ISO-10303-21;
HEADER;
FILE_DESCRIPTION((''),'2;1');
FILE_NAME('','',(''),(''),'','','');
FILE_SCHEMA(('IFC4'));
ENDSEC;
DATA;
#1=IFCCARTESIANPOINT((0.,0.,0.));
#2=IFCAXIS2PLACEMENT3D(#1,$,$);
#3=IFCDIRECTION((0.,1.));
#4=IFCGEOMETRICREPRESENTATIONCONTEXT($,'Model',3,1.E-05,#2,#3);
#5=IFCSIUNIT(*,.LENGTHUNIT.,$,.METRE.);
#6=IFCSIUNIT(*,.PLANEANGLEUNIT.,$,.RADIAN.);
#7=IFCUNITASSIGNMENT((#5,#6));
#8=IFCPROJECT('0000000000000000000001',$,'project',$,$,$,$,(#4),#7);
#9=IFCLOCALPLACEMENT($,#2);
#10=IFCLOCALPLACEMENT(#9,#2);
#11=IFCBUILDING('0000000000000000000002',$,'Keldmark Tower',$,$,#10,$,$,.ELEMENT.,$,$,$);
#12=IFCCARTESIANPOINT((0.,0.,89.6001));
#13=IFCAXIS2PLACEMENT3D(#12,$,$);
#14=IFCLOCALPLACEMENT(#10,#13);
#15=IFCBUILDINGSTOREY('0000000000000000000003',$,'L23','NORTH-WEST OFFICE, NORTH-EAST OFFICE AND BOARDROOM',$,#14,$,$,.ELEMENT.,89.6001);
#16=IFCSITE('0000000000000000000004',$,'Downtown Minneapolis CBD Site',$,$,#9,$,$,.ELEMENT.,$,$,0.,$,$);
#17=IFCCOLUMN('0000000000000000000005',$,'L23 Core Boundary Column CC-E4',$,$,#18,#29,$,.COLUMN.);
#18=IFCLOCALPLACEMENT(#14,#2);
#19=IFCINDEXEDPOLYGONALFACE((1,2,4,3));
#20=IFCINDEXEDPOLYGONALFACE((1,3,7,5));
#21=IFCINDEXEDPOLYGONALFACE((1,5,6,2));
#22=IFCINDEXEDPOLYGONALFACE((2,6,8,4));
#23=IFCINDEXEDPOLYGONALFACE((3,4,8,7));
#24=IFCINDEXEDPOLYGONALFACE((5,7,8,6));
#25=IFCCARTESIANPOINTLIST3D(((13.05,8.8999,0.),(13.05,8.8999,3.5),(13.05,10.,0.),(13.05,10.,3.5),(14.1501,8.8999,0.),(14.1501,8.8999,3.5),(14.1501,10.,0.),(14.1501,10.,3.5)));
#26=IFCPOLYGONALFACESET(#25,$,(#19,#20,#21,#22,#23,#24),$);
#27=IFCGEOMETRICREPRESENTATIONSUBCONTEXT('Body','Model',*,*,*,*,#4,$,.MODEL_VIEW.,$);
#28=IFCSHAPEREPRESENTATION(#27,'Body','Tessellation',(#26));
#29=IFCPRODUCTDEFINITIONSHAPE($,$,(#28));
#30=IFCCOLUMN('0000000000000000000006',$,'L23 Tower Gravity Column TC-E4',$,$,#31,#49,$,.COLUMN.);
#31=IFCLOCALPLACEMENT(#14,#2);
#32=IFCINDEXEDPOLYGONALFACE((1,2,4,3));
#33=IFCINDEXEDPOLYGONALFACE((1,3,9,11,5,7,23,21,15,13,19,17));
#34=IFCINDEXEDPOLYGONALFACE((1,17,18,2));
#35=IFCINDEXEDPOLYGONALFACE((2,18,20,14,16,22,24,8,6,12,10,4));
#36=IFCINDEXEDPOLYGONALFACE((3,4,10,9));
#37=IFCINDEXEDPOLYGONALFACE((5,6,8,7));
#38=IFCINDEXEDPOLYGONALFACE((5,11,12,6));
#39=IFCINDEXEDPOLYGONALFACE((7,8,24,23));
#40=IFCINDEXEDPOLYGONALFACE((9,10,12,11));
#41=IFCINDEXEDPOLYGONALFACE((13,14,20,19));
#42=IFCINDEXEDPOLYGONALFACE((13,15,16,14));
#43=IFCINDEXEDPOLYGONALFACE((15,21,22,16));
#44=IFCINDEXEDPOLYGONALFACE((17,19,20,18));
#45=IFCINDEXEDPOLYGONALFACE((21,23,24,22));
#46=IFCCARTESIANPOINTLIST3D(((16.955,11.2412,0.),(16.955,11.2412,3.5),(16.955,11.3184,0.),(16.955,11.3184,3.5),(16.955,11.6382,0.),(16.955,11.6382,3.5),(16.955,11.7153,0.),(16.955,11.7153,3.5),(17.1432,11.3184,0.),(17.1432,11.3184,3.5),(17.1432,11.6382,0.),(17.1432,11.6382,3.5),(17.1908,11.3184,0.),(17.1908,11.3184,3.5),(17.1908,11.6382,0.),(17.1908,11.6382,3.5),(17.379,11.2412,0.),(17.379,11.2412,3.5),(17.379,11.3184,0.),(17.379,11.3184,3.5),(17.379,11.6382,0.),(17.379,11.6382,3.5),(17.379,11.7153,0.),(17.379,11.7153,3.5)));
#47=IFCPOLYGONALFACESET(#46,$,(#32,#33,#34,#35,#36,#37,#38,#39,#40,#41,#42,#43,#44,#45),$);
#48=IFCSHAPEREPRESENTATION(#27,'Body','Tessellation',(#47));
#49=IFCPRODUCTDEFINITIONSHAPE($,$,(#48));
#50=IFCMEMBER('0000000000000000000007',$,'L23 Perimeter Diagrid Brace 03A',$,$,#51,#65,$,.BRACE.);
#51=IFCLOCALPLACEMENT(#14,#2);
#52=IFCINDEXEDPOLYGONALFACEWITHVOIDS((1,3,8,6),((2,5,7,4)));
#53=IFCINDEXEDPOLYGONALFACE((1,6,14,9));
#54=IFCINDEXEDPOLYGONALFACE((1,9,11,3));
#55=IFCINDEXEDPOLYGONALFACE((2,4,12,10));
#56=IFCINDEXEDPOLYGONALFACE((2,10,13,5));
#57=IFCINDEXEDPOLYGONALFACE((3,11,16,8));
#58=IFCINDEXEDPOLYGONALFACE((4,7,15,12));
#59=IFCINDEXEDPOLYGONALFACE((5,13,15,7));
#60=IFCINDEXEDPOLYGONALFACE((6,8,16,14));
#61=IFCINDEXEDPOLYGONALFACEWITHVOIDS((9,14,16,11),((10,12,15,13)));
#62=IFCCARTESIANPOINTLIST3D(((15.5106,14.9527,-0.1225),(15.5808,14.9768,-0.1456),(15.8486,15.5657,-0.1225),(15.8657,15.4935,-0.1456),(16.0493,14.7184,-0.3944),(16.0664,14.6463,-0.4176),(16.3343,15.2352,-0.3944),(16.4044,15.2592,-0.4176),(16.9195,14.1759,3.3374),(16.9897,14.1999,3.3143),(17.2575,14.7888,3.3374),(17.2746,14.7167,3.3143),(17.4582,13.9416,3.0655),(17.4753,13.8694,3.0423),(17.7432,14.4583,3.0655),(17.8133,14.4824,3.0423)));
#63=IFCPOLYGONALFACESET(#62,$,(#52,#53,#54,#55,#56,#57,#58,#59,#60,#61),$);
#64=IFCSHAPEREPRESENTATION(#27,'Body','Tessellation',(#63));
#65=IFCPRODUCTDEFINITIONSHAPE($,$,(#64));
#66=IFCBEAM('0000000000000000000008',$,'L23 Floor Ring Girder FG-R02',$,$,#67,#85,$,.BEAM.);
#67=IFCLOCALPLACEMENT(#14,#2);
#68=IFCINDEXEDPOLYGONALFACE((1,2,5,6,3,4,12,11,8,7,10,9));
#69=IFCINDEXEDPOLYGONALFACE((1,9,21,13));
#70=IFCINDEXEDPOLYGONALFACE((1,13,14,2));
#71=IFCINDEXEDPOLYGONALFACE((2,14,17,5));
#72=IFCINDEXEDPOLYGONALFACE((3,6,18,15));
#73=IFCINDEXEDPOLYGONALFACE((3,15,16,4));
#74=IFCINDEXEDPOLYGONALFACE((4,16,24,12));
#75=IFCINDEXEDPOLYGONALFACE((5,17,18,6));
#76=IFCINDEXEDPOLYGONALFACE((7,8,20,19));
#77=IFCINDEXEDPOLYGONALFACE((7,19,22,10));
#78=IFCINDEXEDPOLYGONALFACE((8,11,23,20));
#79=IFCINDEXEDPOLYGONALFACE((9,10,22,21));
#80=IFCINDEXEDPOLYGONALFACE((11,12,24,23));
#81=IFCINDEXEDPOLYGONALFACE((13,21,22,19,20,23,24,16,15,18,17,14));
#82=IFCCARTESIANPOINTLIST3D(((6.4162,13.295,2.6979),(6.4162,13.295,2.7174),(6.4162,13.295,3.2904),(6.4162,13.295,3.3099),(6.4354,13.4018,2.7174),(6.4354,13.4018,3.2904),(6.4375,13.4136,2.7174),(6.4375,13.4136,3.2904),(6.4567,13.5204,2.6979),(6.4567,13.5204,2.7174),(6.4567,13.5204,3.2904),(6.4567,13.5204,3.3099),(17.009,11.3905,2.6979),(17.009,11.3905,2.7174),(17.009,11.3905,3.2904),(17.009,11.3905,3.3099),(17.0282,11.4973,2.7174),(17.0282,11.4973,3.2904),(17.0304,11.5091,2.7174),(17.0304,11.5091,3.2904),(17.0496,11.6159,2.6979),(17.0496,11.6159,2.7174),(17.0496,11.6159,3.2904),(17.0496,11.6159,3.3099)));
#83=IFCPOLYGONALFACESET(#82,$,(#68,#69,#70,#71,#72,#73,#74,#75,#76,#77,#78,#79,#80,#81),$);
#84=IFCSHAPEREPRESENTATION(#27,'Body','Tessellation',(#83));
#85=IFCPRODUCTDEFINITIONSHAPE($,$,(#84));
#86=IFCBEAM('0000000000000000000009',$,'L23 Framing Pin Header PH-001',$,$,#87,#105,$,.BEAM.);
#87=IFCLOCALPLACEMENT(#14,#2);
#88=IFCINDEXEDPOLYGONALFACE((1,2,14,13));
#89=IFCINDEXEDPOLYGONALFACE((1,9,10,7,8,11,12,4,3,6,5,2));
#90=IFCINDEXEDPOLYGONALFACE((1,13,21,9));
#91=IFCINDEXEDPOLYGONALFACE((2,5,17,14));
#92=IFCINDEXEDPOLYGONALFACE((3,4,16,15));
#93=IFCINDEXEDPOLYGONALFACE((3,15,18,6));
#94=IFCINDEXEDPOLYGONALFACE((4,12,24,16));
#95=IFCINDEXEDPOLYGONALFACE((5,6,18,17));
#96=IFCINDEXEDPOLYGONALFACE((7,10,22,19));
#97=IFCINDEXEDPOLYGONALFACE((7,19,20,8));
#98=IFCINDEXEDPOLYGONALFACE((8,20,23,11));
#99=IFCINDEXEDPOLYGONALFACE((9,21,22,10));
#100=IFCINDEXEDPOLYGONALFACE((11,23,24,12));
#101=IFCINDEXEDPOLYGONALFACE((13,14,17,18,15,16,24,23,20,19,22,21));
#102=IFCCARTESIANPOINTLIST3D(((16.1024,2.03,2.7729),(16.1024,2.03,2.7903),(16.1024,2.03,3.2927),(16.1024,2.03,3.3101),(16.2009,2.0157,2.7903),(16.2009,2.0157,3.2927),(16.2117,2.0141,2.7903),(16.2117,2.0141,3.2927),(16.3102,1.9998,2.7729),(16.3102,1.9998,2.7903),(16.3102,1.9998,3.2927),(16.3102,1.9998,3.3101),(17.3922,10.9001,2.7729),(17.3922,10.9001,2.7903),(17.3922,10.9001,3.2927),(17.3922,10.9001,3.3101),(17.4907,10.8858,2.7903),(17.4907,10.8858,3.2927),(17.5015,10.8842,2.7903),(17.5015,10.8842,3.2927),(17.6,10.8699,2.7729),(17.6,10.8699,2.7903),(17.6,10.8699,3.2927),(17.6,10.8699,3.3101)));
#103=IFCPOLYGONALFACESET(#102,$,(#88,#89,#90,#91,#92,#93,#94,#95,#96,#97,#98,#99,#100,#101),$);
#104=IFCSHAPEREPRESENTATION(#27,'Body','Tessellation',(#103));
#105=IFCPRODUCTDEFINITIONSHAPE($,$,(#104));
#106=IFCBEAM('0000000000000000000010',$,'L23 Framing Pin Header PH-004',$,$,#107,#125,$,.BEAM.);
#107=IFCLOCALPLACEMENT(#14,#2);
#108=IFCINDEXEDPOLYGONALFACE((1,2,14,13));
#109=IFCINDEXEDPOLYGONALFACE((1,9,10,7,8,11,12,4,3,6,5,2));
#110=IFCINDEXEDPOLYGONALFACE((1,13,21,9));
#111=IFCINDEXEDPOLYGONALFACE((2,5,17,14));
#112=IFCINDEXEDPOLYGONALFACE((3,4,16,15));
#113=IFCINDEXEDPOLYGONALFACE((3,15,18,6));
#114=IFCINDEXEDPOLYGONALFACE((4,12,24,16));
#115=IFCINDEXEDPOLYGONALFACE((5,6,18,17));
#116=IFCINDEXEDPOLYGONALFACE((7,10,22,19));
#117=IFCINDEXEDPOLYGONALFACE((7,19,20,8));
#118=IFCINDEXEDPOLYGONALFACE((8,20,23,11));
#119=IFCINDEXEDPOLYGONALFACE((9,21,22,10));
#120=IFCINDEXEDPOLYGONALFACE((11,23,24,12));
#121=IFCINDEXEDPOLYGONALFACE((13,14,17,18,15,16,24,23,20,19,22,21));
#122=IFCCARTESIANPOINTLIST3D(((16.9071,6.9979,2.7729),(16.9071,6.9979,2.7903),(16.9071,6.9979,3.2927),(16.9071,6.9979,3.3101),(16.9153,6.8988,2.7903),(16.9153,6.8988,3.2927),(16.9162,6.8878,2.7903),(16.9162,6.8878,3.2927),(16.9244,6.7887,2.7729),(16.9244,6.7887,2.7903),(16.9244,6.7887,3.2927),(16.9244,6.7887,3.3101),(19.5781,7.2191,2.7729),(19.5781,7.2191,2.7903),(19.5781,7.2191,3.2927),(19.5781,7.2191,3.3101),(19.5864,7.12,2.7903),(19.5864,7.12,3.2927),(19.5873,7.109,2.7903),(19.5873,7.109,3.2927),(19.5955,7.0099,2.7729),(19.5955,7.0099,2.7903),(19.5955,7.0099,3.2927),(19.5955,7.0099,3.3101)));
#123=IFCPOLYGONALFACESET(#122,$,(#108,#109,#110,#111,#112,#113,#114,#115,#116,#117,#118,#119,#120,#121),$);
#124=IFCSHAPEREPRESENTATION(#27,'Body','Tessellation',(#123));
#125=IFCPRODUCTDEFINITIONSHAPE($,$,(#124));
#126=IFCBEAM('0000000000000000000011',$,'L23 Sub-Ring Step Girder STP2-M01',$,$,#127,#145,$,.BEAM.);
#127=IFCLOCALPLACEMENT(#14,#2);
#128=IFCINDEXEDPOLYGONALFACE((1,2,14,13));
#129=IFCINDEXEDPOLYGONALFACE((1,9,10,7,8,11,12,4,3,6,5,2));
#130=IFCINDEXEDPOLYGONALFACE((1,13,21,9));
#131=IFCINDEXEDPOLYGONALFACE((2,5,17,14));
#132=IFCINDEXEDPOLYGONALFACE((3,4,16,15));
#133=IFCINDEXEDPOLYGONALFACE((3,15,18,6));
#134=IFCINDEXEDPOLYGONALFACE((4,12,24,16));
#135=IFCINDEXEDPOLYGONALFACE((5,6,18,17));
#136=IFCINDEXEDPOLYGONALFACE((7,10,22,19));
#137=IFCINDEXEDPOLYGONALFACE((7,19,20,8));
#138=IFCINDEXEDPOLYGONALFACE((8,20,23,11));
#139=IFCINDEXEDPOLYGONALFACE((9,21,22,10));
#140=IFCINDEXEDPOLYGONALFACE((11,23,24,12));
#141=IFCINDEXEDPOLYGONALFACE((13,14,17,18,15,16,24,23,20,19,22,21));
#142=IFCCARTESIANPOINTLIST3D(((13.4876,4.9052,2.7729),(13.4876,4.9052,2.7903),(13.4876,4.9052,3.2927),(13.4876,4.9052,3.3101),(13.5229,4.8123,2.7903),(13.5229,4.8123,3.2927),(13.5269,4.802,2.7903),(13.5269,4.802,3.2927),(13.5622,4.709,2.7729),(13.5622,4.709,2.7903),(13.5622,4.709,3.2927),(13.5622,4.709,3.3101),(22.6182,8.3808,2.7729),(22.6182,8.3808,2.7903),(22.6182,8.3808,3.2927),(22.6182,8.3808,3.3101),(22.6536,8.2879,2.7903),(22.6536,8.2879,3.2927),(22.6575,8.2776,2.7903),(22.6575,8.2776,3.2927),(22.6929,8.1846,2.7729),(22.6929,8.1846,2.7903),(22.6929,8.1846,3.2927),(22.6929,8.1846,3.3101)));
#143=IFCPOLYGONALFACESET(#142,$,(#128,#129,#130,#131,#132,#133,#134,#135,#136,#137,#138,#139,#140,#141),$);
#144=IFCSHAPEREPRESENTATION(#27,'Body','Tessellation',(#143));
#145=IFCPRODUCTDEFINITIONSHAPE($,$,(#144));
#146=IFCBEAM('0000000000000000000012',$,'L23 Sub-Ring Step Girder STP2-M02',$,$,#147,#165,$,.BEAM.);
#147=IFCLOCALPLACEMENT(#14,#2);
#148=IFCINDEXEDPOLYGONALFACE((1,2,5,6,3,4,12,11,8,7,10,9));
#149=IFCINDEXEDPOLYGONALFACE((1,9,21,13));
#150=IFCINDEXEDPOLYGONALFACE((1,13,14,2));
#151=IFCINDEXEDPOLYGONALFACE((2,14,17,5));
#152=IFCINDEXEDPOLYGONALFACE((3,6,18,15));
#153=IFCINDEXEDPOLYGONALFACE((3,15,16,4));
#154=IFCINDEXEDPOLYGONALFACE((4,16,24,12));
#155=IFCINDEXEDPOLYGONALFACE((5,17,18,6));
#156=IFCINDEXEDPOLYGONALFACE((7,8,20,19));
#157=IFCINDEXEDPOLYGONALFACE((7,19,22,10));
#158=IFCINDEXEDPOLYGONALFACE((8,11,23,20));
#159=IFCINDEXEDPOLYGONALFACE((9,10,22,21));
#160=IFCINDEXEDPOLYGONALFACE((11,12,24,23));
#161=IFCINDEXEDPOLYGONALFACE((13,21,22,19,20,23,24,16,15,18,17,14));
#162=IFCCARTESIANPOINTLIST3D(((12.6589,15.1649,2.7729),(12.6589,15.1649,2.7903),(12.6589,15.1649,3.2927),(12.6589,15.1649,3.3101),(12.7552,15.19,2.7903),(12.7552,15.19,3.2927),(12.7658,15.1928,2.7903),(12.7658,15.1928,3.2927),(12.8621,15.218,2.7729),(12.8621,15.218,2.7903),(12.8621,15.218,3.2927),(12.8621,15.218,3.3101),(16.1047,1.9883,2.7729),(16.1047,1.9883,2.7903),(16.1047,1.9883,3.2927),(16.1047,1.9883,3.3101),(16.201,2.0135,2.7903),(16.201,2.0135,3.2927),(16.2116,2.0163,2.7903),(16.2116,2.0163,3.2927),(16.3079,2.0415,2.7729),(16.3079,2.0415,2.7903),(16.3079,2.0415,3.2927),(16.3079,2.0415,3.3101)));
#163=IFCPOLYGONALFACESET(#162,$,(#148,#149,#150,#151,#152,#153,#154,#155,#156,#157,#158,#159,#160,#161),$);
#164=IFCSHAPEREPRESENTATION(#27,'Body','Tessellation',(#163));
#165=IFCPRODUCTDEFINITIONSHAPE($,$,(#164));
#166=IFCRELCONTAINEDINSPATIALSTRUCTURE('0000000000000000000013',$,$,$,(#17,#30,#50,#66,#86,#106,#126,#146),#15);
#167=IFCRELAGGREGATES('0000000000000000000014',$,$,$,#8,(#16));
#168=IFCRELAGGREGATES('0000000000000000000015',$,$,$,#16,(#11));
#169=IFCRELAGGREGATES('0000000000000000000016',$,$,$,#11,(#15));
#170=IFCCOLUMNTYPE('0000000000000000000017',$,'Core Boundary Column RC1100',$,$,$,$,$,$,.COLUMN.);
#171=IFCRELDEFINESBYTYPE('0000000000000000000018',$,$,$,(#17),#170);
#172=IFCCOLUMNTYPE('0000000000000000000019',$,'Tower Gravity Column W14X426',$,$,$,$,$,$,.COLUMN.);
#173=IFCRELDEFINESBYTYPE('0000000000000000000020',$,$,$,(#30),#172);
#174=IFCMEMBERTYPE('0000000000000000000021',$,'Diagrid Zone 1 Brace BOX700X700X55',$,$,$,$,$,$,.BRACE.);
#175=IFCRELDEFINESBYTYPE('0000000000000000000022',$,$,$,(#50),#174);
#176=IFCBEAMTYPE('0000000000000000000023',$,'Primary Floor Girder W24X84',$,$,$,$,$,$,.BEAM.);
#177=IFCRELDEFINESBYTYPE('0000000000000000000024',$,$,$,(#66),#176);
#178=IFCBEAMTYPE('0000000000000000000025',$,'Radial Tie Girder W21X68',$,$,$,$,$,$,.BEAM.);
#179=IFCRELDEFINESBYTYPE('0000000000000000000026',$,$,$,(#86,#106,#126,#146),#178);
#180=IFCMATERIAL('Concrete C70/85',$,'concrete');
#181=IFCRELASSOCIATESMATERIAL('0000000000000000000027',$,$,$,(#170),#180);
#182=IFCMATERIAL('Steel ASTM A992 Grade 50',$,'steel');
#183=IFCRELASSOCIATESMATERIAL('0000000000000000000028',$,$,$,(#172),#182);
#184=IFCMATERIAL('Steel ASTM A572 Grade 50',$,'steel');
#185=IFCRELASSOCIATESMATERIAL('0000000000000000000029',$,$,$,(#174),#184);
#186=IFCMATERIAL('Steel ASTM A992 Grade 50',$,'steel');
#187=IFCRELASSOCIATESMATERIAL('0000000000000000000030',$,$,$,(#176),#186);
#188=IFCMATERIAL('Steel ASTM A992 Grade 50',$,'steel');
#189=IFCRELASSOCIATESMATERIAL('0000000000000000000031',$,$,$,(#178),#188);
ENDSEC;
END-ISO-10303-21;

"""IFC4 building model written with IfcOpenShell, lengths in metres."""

from ifc_helpers import new_model, si_unit, direction, frame, origin, origin_2d, place, context, subcontext, project, spatial, rectangle, hollow_rectangle, i_section, extrude, material, material_profile, profile_set, type_object, element, save


model = new_model("IFC4")

# Units and contexts
model_context = context("Model", 3, precision=1e-05, world=origin(), true_north=direction((0.0, 1.0)))
body_context = subcontext(model_context, "Body", "Model", "MODEL_VIEW")
ifc_project = project(units=[si_unit("LENGTHUNIT", "METRE"), si_unit("PLANEANGLEUNIT", "RADIAN")], contexts=[model_context])

# Site, building, storey
site_placement = place(None, origin())
site = spatial("IfcSite", under=ifc_project, at=site_placement, Name="Downtown Minneapolis CBD Site", CompositionType="ELEMENT", RefElevation=0.0)
building_placement = place(site_placement, origin())
building = spatial("IfcBuilding", under=site, at=building_placement, Name="Keldmark Tower", CompositionType="ELEMENT")
storey_placement = place(building_placement, frame((0.0, 0.0, 89.6001)))
storey = spatial("IfcBuildingStorey", under=building, at=storey_placement, Name="L23", Description="NORTH-WEST OFFICE, NORTH-EAST OFFICE AND BOARDROOM", CompositionType="ELEMENT", Elevation=89.6001)

# Columns
ifc_material_1 = material(Name="Concrete C70/85", Category="concrete")
ifc_material_profile_1 = material_profile(ifc_material_1, rectangle(XDim=1.1001, YDim=1.1001, at=origin_2d()), Name="RC1100X1100")
ifc_profile_set_1 = profile_set([ifc_material_profile_1], Name="Concrete C70/85")
column_type_1 = type_object("IfcColumnType", Name="Core Boundary Column RC1100", PredefinedType="COLUMN", material=ifc_profile_set_1)
column_1_placement = place(storey_placement, frame((13.6001, 9.45, 0.0), z_axis=(0.0, 0.0, 1.0), x_axis=(1.0, 0.0, 0.0)))
element("IfcColumn", 1, at=column_1_placement, inside=storey, type_object=column_type_1, Name="L23 Core Boundary Column CC-E4", PredefinedType="COLUMN", context=body_context, shape_type="SweptSolid", body=[
    extrude(rectangle(XDim=1.1001, YDim=1.1001, at=origin_2d()), origin(), (0.0, 0.0, 1.0), 3.5),
])
ifc_material_2 = material(Name="Steel ASTM A992 Grade 50", Category="steel")
ifc_material_profile_2 = material_profile(ifc_material_2, i_section(OverallWidth=0.4241, OverallDepth=0.4741, WebThickness=0.0476, FlangeThickness=0.0771, at=origin_2d()), Name="W14X426")
ifc_profile_set_2 = profile_set([ifc_material_profile_2], Name="Steel ASTM A992 Grade 50")
column_type_2 = type_object("IfcColumnType", Name="Tower Gravity Column W14X426", PredefinedType="COLUMN", material=ifc_profile_set_2)
column_2_placement = place(storey_placement, frame((17.167, 11.4783, 0.0), z_axis=(0.0, 0.0, 1.0), x_axis=(1.0, 0.0, 0.0)))
element("IfcColumn", 2, at=column_2_placement, inside=storey, type_object=column_type_2, Name="L23 Tower Gravity Column TC-E4", PredefinedType="COLUMN", context=body_context, shape_type="SweptSolid", body=[
    extrude(i_section(OverallWidth=0.4241, OverallDepth=0.4741, WebThickness=0.0476, FlangeThickness=0.0771, at=origin_2d()), origin(), (0.0, 0.0, 1.0), 3.5),
])

# Member
ifc_material_3 = material(Name="Steel ASTM A572 Grade 50", Category="steel")
ifc_material_profile_3 = material_profile(ifc_material_3, hollow_rectangle(XDim=0.7, YDim=0.7, WallThickness=0.0549, at=origin_2d()), Name="BOX700X700X55")
ifc_profile_set_3 = profile_set([ifc_material_profile_3], Name="Steel ASTM A572 Grade 50")
member_type = type_object("IfcMemberType", Name="Diagrid Zone 1 Brace BOX700X700X55", PredefinedType="BRACE", material=ifc_profile_set_3)
member_placement = place(storey_placement, frame((15.9575, 15.106, -0.27), z_axis=(0.369242, -0.203592, 0.906758), x_axis=(0.482845, 0.875706, 0.0)))
element("IfcMember", 3, at=member_placement, inside=storey, type_object=member_type, Name="L23 Perimeter Diagrid Brace 03A", PredefinedType="BRACE", context=body_context, shape_type="SweptSolid", body=[
    extrude(hollow_rectangle(XDim=0.7, YDim=0.7, WallThickness=0.0549, at=origin_2d()), origin(), (0.0, 0.0, 1.0), 3.8157),
])

# Beams
ifc_material_4 = material(Name="Steel ASTM A992 Grade 50", Category="steel")
ifc_material_profile_4 = material_profile(ifc_material_4, i_section(OverallWidth=0.229, OverallDepth=0.6121, WebThickness=0.012, FlangeThickness=0.0195, at=origin_2d()), Name="W24X84")
ifc_profile_set_4 = profile_set([ifc_material_profile_4], Name="Steel ASTM A992 Grade 50")
beam_type_1 = type_object("IfcBeamType", Name="Primary Floor Girder W24X84", PredefinedType="BEAM", material=ifc_profile_set_4)
beam_1_placement = place(storey_placement, frame((17.0293, 11.5032, 3.0039), z_axis=(-0.984218, 0.176959, 0.0), x_axis=(-0.176959, -0.984218, 0.0)))
element("IfcBeam", 4, at=beam_1_placement, inside=storey, type_object=beam_type_1, Name="L23 Floor Ring Girder FG-R02", PredefinedType="BEAM", context=body_context, shape_type="SweptSolid", body=[
    extrude(i_section(OverallWidth=0.229, OverallDepth=0.6121, WebThickness=0.012, FlangeThickness=0.0195, at=origin_2d()), origin(), (0.0, 0.0, 1.0), 10.7627),
])
ifc_material_5 = material(Name="Steel ASTM A992 Grade 50", Category="steel")
ifc_material_profile_5 = material_profile(ifc_material_5, i_section(OverallWidth=0.21, OverallDepth=0.5371, WebThickness=0.011, FlangeThickness=0.0173, at=origin_2d()), Name="W21X68")
ifc_profile_set_5 = profile_set([ifc_material_profile_5], Name="Steel ASTM A992 Grade 50")
beam_type_2 = type_object("IfcBeamType", Name="Radial Tie Girder W21X68", PredefinedType="BEAM", material=ifc_profile_set_5)
beam_2_placement = place(storey_placement, frame((16.2063, 2.0149, 3.0415), z_axis=(0.143896, 0.989593, 0.0), x_axis=(-0.989593, 0.143896, 0.0)))
element("IfcBeam", 5, at=beam_2_placement, inside=storey, type_object=beam_type_2, Name="L23 Framing Pin Header PH-001", PredefinedType="BEAM", context=body_context, shape_type="SweptSolid", body=[
    extrude(i_section(OverallWidth=0.21, OverallDepth=0.5371, WebThickness=0.011, FlangeThickness=0.0173, at=origin_2d()), origin(), (0.0, 0.0, 1.0), 8.9634),
])
beam_3_placement = place(storey_placement, frame((16.9158, 6.8933, 3.0415), z_axis=(0.996589, 0.082525, 0.0), x_axis=(-0.082525, 0.996589, 0.0)))
element("IfcBeam", 6, at=beam_3_placement, inside=storey, type_object=beam_type_2, Name="L23 Framing Pin Header PH-004", PredefinedType="BEAM", context=body_context, shape_type="SweptSolid", body=[
    extrude(i_section(OverallWidth=0.21, OverallDepth=0.5371, WebThickness=0.011, FlangeThickness=0.0173, at=origin_2d()), origin(), (0.0, 0.0, 1.0), 2.6802),
])
beam_4_placement = place(storey_placement, frame((13.5249, 4.8071, 3.0415), z_axis=(0.934581, 0.35575, 0.0), x_axis=(-0.35575, 0.934581, 0.0)))
element("IfcBeam", 7, at=beam_4_placement, inside=storey, type_object=beam_type_2, Name="L23 Sub-Ring Step Girder STP2-M01", PredefinedType="BEAM", context=body_context, shape_type="SweptSolid", body=[
    extrude(i_section(OverallWidth=0.21, OverallDepth=0.5371, WebThickness=0.011, FlangeThickness=0.0173, at=origin_2d()), origin(), (0.0, 0.0, 1.0), 9.7698),
])
beam_5_placement = place(storey_placement, frame((16.2063, 2.0149, 3.0415), z_axis=(-0.253003, 0.967466, 0.0), x_axis=(-0.967466, -0.253003, 0.0)))
element("IfcBeam", 8, at=beam_5_placement, inside=storey, type_object=beam_type_2, Name="L23 Sub-Ring Step Girder STP2-M02", PredefinedType="BEAM", context=body_context, shape_type="SweptSolid", body=[
    extrude(i_section(OverallWidth=0.21, OverallDepth=0.5371, WebThickness=0.011, FlangeThickness=0.0173, at=origin_2d()), origin(), (0.0, 0.0, 1.0), 13.6196),
])

save(model, "model.ifc")
